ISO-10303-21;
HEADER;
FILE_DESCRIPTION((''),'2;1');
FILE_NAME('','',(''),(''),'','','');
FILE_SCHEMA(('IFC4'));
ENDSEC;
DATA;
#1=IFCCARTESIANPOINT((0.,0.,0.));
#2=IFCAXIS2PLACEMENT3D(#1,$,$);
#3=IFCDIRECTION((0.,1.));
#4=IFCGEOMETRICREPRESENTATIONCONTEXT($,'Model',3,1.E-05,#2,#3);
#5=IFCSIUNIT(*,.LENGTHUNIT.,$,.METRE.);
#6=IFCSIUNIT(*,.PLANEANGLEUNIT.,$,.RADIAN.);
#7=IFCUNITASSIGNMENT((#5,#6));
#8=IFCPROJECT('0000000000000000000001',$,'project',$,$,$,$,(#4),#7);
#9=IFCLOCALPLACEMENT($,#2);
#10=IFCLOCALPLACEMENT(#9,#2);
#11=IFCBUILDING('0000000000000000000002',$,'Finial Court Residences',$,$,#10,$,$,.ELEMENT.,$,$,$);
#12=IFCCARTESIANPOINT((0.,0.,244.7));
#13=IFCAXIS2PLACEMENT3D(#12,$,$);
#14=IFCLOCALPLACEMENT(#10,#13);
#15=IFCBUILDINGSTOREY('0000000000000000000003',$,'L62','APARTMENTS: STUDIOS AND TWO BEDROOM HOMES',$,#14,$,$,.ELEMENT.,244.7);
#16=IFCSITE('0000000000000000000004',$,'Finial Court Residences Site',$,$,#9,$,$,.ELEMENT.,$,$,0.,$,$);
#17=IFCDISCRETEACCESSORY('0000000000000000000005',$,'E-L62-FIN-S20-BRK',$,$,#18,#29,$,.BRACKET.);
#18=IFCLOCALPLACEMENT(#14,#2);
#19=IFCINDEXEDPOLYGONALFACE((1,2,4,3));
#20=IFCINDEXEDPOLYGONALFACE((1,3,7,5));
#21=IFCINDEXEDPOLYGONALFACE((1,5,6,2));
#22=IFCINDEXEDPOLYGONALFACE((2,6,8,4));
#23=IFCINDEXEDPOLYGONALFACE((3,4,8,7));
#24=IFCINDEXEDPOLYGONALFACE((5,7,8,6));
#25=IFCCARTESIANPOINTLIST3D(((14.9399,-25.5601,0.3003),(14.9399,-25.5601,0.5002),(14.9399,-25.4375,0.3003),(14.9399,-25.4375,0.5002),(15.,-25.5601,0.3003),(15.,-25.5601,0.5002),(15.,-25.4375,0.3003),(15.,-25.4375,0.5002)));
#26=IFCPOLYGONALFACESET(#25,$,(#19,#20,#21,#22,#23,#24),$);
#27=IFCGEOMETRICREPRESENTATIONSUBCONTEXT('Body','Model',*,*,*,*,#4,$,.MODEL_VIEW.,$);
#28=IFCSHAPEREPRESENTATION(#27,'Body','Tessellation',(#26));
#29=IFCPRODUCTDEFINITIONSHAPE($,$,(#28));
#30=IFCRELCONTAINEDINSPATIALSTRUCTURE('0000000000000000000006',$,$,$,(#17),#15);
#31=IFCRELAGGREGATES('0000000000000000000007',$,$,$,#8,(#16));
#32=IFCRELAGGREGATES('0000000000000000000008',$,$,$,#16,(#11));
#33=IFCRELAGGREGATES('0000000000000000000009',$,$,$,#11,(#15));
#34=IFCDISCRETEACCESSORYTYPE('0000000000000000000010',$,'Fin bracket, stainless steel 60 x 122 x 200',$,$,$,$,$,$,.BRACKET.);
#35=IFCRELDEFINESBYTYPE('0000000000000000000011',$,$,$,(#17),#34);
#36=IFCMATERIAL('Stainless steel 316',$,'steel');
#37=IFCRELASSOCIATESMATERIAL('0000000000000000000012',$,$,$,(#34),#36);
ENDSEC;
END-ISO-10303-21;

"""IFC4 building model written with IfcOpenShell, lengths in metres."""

from ifc_helpers import new_model, si_unit, direction, frame, origin, origin_2d, place, context, subcontext, project, spatial, rectangle, extrude, material, type_object, element, save


model = new_model("IFC4")

# Units and contexts
model_context = context("Model", 3, precision=1e-05, world=origin(), true_north=direction((0.0, 1.0)))
body_context = subcontext(model_context, "Body", "Model", "MODEL_VIEW")
ifc_project = project(units=[si_unit("LENGTHUNIT", "METRE"), si_unit("PLANEANGLEUNIT", "RADIAN")], contexts=[model_context])

# Site, building, storey
site_placement = place(None, origin())
site = spatial("IfcSite", under=ifc_project, at=site_placement, Name="Finial Court Residences Site", CompositionType="ELEMENT", RefElevation=0.0)
building_placement = place(site_placement, origin())
building = spatial("IfcBuilding", under=site, at=building_placement, Name="Finial Court Residences", CompositionType="ELEMENT")
storey_placement = place(building_placement, frame((0.0, 0.0, 244.7)))
storey = spatial("IfcBuildingStorey", under=building, at=storey_placement, Name="L62", Description="APARTMENTS: STUDIOS AND TWO BEDROOM HOMES", CompositionType="ELEMENT", Elevation=244.7)

# Discrete accessory
ifc_material_1 = material(Name="Stainless steel 316", Category="steel")
discrete_accessory_type = type_object("IfcDiscreteAccessoryType", Name="Fin bracket, stainless steel 60 x 122 x 200", PredefinedType="BRACKET", material=ifc_material_1)
for number, where, z_axis, x_axis, name in (
    (1, (14.97, -25.4988, 0.3003), (0.0, 0.0, 1.0), (1.0, 0.0, 0.0), "E-L62-FIN-S20-BRK"),
):
    element("IfcDiscreteAccessory", number, at=place(storey_placement, frame(where, z_axis=z_axis, x_axis=x_axis)), inside=storey, type_object=discrete_accessory_type, Name=name, PredefinedType="BRACKET", context=body_context, shape_type="SweptSolid", body=[
        extrude(rectangle(XDim=0.0601, YDim=0.1226, at=origin_2d()), origin(), (0.0, 0.0, 1.0), 0.2),
    ])

save(model, "model.ifc")
